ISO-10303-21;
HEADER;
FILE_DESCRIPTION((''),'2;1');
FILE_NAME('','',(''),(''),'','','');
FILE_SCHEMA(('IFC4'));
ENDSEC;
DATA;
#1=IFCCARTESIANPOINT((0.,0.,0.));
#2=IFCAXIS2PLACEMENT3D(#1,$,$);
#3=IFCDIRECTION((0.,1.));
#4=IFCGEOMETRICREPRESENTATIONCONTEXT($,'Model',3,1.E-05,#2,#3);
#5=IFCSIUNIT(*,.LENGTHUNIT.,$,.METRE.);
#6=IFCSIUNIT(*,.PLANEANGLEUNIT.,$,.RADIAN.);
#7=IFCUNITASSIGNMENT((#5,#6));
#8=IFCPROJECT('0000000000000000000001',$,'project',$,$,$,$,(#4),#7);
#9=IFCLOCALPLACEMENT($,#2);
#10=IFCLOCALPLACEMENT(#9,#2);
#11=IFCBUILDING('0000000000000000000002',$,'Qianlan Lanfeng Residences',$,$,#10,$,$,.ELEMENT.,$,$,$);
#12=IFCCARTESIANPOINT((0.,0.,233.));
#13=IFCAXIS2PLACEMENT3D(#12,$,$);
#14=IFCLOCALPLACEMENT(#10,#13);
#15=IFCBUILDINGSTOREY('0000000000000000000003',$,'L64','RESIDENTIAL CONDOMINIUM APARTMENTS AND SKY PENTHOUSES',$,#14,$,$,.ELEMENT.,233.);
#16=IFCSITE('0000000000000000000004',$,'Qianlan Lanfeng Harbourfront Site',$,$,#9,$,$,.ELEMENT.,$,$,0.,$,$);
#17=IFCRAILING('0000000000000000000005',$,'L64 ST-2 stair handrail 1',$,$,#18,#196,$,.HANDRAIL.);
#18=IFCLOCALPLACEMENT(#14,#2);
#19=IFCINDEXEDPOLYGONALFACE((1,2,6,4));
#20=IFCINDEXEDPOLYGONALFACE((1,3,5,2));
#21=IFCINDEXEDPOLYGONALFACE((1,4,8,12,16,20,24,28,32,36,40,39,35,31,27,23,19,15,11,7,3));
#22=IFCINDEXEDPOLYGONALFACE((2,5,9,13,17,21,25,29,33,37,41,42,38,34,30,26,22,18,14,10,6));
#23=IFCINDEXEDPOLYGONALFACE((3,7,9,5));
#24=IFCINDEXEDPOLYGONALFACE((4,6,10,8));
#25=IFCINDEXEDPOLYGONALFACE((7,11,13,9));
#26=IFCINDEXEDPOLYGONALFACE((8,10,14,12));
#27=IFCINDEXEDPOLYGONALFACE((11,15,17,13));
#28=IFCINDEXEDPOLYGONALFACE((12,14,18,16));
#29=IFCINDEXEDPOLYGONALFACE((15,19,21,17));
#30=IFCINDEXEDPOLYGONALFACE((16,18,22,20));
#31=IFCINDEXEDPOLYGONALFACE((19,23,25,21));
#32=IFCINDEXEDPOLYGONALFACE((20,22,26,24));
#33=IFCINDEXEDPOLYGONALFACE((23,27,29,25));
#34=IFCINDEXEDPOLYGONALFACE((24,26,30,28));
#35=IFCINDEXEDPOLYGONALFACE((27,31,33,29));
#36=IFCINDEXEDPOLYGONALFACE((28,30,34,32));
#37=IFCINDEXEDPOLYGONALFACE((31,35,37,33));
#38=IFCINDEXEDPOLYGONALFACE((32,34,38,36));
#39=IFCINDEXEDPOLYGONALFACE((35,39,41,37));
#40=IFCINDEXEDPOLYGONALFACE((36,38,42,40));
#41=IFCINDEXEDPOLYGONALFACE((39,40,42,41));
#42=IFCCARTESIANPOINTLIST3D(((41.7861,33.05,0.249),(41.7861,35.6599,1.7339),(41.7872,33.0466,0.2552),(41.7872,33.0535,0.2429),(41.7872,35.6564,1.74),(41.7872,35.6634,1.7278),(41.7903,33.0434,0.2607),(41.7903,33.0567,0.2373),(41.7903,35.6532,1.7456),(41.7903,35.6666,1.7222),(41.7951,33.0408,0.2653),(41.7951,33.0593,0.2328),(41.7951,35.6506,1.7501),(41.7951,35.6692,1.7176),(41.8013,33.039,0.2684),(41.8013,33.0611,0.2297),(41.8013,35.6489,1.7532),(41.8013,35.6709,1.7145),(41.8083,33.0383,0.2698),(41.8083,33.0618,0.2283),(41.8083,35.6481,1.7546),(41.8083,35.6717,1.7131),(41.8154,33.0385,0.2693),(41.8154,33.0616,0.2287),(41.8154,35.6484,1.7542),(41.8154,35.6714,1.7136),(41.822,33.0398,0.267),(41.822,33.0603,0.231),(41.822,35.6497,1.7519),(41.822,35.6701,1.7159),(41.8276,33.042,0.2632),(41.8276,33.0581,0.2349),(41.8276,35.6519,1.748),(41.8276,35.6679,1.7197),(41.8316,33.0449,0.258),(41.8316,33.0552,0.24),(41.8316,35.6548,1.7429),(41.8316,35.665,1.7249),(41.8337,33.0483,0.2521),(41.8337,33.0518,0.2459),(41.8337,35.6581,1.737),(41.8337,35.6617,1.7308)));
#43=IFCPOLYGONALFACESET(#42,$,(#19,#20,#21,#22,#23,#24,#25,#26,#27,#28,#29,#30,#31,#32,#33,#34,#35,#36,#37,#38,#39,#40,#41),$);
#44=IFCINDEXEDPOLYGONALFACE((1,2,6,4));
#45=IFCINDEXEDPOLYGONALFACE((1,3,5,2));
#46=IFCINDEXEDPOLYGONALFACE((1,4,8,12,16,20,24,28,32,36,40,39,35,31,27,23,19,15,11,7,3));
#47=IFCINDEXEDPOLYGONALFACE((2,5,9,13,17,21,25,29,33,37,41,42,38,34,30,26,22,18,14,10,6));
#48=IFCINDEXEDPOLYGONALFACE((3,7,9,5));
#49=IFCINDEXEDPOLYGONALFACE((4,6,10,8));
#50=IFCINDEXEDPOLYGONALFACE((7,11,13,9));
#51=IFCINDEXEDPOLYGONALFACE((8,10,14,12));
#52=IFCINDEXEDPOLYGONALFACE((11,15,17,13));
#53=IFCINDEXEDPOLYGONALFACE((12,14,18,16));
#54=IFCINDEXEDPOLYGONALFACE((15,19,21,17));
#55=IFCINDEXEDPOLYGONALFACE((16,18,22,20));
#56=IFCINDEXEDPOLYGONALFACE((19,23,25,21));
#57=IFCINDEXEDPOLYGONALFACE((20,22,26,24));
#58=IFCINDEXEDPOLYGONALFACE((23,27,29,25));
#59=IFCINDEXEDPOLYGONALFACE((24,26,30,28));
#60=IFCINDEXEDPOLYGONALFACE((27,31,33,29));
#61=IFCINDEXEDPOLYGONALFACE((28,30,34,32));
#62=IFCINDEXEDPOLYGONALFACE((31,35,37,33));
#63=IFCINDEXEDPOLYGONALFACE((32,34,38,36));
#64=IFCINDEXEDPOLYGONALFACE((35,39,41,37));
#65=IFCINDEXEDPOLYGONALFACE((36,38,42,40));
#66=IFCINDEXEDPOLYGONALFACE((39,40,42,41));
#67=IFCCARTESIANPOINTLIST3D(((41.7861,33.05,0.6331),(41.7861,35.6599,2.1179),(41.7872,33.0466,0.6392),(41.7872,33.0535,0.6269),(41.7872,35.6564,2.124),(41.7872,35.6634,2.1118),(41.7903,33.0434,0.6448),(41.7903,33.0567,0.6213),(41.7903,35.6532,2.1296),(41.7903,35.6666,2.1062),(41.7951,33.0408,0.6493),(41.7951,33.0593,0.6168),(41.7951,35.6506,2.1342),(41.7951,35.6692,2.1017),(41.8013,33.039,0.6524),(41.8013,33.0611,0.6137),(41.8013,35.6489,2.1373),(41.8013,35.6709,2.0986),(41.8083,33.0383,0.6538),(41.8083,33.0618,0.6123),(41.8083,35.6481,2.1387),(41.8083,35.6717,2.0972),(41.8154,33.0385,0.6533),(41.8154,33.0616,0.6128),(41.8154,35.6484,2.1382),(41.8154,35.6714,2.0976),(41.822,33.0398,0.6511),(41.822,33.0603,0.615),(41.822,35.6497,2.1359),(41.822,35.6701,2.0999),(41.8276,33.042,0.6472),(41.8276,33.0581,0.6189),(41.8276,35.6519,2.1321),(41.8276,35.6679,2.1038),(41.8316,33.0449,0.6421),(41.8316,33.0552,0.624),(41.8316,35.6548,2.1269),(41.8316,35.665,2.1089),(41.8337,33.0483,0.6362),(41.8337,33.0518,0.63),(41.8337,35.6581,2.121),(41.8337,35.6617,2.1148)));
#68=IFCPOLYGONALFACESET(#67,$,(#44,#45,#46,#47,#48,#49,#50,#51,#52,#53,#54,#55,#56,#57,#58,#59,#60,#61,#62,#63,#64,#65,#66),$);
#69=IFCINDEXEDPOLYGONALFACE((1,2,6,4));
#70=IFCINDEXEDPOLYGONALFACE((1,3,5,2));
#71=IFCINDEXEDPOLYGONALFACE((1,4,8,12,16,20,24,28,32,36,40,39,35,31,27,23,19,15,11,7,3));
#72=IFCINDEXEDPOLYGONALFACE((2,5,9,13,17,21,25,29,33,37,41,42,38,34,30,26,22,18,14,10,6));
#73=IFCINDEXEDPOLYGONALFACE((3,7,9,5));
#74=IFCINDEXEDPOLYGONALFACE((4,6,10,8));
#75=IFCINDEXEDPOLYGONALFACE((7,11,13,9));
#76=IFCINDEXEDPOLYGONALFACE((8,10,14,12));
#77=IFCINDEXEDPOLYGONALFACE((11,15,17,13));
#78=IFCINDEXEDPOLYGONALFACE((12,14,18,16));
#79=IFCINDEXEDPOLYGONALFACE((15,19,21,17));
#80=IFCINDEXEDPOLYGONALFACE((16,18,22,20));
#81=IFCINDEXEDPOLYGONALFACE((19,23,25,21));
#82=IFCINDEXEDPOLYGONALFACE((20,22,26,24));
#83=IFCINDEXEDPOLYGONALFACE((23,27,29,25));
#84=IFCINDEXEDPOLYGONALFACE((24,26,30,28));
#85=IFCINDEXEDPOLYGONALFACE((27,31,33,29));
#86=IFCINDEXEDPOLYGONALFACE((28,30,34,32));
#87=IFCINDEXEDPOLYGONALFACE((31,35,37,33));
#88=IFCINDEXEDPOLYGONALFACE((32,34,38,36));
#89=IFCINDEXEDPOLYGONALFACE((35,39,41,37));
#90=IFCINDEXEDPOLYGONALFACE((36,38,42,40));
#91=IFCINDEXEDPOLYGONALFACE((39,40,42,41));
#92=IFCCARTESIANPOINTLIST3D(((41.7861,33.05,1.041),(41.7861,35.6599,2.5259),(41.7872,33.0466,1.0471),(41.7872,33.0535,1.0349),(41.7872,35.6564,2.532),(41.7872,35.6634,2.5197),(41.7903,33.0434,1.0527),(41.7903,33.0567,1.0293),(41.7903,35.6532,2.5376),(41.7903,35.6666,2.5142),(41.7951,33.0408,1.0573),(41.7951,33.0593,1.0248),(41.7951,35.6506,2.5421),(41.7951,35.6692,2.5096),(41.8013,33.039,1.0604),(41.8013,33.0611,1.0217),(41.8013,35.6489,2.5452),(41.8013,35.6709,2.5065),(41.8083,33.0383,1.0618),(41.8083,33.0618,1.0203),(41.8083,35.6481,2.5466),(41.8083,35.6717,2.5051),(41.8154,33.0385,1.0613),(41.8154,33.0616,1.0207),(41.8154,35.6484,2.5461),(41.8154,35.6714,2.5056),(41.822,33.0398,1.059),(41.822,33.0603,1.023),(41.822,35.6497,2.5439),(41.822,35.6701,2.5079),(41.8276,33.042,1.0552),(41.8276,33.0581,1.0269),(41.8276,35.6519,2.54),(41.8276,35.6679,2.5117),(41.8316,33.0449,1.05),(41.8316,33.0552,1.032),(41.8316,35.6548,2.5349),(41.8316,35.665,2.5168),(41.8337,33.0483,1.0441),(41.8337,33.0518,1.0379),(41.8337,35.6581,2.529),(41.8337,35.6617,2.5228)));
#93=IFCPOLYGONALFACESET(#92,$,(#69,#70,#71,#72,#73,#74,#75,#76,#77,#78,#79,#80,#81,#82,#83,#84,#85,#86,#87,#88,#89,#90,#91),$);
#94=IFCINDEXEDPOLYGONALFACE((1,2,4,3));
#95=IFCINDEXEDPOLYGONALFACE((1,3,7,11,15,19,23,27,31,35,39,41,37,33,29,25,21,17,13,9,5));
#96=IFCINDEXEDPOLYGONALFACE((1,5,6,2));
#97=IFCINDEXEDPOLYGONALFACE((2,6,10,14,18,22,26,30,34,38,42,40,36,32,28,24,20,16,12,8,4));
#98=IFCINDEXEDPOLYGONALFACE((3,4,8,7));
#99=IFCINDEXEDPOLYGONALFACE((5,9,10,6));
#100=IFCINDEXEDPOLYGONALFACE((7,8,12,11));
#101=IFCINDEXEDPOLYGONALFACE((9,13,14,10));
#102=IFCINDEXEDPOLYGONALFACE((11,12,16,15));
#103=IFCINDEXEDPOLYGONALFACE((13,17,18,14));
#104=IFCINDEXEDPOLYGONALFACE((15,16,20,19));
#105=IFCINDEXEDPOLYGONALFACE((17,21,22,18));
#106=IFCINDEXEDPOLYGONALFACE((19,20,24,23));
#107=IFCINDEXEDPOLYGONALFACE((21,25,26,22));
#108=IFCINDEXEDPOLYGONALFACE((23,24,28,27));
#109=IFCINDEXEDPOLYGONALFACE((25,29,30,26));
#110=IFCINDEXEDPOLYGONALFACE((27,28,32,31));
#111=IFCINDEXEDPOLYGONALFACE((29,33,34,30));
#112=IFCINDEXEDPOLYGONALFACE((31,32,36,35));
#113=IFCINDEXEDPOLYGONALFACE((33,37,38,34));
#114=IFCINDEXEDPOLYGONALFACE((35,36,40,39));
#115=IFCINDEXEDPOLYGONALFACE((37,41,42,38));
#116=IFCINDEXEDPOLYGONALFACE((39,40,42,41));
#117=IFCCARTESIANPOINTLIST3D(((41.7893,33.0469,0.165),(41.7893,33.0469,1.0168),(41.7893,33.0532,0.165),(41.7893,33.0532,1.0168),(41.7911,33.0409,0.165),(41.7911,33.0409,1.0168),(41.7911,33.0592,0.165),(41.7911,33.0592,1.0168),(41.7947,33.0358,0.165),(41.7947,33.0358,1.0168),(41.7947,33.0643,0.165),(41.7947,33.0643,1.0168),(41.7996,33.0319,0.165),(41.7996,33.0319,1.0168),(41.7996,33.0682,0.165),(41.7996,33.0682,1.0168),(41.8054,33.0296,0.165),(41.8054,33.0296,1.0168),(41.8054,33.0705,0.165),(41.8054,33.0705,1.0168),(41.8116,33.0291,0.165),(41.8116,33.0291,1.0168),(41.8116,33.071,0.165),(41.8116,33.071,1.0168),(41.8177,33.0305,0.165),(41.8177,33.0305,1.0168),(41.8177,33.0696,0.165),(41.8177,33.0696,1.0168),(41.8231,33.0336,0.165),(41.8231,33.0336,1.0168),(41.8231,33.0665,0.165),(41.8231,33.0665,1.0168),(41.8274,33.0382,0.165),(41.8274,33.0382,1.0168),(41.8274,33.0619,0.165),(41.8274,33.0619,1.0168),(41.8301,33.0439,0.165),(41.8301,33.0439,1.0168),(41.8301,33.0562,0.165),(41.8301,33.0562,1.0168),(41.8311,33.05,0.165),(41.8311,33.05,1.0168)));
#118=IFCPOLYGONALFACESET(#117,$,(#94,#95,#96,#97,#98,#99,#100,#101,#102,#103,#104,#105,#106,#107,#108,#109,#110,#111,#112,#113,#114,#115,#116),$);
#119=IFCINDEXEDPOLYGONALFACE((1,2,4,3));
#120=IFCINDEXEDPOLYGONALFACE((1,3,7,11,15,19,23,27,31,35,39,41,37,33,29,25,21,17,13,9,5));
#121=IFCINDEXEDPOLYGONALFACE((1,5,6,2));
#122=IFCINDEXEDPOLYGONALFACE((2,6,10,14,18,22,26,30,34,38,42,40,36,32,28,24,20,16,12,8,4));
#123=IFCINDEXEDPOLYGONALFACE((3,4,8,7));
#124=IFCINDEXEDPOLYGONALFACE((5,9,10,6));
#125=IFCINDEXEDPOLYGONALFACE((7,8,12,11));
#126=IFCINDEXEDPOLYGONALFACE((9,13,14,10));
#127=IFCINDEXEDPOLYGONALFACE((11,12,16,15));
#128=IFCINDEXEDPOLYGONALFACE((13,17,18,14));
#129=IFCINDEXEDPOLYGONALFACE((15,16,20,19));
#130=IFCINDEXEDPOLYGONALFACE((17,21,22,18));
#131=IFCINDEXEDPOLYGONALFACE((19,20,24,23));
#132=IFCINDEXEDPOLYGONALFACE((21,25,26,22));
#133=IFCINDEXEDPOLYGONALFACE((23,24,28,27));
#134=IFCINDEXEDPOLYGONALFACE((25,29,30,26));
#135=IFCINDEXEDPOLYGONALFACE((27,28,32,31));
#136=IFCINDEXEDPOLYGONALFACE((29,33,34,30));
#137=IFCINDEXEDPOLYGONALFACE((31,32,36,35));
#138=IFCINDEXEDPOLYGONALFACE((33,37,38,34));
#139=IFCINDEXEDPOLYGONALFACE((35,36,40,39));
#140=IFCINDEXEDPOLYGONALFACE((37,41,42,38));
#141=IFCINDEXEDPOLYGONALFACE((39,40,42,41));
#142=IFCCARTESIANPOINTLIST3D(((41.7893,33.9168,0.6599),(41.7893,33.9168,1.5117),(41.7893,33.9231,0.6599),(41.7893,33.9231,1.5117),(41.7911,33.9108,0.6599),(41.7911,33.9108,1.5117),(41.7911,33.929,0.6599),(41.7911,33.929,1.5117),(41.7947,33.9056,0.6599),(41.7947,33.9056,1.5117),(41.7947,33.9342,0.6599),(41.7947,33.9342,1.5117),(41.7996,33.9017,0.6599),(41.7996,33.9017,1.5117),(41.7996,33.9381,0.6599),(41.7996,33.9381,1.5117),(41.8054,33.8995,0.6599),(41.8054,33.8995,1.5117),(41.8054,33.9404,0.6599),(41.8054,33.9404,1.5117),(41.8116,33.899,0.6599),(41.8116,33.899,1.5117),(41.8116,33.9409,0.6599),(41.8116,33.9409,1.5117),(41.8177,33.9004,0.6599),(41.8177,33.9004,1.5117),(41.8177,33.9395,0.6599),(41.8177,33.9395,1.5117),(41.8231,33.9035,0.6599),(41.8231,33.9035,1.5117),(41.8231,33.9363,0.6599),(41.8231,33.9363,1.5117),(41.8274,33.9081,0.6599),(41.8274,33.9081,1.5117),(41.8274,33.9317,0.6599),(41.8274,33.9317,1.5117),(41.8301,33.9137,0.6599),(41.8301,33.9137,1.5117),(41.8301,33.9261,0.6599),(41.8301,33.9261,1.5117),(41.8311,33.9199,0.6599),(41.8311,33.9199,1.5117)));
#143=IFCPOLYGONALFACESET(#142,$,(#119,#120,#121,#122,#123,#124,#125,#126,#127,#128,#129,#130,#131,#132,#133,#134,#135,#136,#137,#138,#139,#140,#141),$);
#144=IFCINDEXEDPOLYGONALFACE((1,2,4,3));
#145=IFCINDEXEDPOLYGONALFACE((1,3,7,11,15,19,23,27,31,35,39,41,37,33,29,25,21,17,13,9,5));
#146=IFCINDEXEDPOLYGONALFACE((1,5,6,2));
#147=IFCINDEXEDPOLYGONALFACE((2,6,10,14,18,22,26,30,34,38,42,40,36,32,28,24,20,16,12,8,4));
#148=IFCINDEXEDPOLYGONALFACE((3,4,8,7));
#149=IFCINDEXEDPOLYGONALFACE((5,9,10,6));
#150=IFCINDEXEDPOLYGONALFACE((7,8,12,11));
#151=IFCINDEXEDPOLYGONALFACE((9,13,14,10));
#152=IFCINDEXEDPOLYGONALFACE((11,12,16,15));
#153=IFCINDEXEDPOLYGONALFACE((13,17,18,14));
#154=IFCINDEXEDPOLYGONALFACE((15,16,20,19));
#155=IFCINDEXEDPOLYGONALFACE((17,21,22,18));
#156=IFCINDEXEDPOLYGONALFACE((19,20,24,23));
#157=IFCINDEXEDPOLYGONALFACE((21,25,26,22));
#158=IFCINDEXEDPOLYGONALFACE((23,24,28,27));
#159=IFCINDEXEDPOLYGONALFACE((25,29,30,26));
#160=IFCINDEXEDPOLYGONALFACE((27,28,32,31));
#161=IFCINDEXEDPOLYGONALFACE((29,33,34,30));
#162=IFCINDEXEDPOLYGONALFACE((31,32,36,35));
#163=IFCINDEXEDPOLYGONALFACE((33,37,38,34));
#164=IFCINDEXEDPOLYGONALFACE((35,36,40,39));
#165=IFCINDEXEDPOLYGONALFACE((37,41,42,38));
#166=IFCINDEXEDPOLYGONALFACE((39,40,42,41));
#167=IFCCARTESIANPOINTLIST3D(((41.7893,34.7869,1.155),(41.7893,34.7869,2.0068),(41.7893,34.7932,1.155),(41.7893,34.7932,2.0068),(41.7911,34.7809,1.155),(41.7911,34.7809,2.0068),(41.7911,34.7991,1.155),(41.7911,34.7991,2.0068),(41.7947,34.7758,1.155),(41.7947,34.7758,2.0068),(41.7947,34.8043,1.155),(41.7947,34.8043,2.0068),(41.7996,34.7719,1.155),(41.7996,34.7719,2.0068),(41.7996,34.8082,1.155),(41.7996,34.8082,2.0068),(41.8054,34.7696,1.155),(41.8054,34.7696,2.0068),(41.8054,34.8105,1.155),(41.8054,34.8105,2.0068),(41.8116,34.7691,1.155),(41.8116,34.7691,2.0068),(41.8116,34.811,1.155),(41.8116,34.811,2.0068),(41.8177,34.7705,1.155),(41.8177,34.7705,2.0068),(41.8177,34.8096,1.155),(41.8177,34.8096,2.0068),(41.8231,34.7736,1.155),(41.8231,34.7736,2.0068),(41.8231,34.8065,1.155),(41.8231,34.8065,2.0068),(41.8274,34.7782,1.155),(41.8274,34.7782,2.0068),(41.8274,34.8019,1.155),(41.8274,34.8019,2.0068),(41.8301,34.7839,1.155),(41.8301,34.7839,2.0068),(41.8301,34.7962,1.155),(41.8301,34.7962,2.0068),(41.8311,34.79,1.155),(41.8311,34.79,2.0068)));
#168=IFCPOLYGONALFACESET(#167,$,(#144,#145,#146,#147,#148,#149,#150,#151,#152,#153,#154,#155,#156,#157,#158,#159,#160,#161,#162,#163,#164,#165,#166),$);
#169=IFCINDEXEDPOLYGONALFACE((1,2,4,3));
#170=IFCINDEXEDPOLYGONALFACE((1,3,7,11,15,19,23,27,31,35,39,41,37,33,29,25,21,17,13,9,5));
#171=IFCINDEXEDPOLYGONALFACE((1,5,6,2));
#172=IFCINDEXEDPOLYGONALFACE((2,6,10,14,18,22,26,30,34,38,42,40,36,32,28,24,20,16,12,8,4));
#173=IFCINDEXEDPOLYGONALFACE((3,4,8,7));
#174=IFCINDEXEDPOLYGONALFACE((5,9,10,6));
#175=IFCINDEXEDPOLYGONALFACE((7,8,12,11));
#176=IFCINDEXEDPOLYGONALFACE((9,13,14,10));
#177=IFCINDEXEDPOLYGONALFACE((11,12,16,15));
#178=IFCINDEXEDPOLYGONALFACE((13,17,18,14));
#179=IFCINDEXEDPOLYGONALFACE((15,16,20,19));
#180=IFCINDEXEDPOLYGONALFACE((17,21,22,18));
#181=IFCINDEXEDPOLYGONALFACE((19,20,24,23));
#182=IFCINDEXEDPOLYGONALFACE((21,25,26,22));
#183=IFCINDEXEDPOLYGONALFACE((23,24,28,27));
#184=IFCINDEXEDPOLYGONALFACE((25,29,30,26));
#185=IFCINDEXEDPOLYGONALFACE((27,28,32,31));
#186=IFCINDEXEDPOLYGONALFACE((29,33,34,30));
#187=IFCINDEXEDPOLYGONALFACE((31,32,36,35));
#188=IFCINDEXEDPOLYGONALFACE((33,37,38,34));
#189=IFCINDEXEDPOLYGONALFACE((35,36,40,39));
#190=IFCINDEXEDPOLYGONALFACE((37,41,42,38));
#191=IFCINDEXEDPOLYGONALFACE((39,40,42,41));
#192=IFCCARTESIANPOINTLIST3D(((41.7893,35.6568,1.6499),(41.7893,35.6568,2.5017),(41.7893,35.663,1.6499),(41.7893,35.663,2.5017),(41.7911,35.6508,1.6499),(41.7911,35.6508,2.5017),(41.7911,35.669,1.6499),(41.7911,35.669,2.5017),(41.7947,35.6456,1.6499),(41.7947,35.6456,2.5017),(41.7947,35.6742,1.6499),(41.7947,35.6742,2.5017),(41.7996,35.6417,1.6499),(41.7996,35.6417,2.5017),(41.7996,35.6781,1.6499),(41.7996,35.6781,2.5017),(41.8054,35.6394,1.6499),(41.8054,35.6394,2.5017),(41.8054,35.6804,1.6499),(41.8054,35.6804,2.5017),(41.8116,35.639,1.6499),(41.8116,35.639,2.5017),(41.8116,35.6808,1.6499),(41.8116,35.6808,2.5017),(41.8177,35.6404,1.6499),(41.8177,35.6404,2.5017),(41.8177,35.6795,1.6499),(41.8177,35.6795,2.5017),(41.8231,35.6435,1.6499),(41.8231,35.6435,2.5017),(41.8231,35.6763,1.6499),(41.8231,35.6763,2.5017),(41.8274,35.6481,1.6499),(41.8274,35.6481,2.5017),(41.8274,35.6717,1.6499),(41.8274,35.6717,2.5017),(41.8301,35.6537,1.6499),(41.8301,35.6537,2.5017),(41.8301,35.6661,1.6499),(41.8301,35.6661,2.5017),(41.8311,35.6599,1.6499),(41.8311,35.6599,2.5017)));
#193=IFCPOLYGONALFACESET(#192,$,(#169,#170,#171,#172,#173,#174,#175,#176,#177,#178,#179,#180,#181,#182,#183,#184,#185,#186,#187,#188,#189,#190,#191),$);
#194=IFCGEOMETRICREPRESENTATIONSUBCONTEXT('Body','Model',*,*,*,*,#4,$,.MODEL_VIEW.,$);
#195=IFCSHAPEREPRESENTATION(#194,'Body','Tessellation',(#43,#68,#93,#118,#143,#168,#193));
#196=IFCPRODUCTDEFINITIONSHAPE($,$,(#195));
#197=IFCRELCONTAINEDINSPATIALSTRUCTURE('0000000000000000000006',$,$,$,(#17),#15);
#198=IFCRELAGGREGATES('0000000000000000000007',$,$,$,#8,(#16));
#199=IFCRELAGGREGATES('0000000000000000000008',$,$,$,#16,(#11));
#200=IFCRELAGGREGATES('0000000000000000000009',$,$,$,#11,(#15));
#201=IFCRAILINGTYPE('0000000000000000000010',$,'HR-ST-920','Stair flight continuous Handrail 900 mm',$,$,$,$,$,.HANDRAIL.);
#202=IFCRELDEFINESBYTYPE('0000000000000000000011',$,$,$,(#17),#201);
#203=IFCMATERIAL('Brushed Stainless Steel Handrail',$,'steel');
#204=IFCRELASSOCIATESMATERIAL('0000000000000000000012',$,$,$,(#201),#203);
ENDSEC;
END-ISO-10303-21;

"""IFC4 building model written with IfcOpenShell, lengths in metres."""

from ifc_helpers import new_model, si_unit, direction, frame, origin, origin_2d, place, context, subcontext, project, spatial, circle, extrude, material, type_object, element, save


model = new_model("IFC4")

# Units and contexts
model_context = context("Model", 3, precision=1e-05, world=origin(), true_north=direction((0.0, 1.0)))
body_context = subcontext(model_context, "Body", "Model", "MODEL_VIEW")
ifc_project = project(units=[si_unit("LENGTHUNIT", "METRE"), si_unit("PLANEANGLEUNIT", "RADIAN")], contexts=[model_context])

# Site, building, storey
site_placement = place(None, origin())
site = spatial("IfcSite", under=ifc_project, at=site_placement, Name="Qianlan Lanfeng Harbourfront Site", CompositionType="ELEMENT", RefElevation=0.0)
building_placement = place(site_placement, origin())
building = spatial("IfcBuilding", under=site, at=building_placement, Name="Qianlan Lanfeng Residences", CompositionType="ELEMENT")
storey_placement = place(building_placement, frame((0.0, 0.0, 233.0)))
storey = spatial("IfcBuildingStorey", under=building, at=storey_placement, Name="L64", Description="RESIDENTIAL CONDOMINIUM APARTMENTS AND SKY PENTHOUSES", CompositionType="ELEMENT", Elevation=233.0)

# Railing
ifc_material_1 = material(Name="Brushed Stainless Steel Handrail", Category="steel")
railing_type_1 = type_object("IfcRailingType", Name="HR-ST-920", Description="Stair flight continuous Handrail 900 mm", PredefinedType="HANDRAIL", material=ifc_material_1)
railing_1_placement = place(storey_placement, frame((41.8101, 33.05, 0.165)))
element("IfcRailing", 1, at=railing_1_placement, inside=storey, type_object=railing_type_1, Name="L64 ST-2 stair handrail 1", PredefinedType="HANDRAIL", context=body_context, shape_type="SweptSolid", body=[
    extrude(circle(Radius=0.0239, at=origin_2d()), frame((0.0, 0.0, 0.084), z_axis=(0.0, 0.869172, 0.494509), x_axis=(-1.0, 0.0, 0.0)), (0.0, 0.0, 1.0), 3.0027),
    extrude(circle(Radius=0.0239, at=origin_2d()), frame((0.0, 0.0, 0.468), z_axis=(0.0, 0.869172, 0.494509), x_axis=(-1.0, 0.0, 0.0)), (0.0, 0.0, 1.0), 3.0027),
    extrude(circle(Radius=0.0239, at=origin_2d()), frame((0.0, 0.0, 0.876), z_axis=(0.0, 0.869172, 0.494509), x_axis=(-1.0, 0.0, 0.0)), (0.0, 0.0, 1.0), 3.0027),
    extrude(circle(Radius=0.021, at=origin_2d()), origin(), (0.0, 0.0, 1.0), 0.8518),
    extrude(circle(Radius=0.021, at=origin_2d()), frame((0.0, 0.8699, 0.4949)), (0.0, 0.0, 1.0), 0.8518),
    extrude(circle(Radius=0.021, at=origin_2d()), frame((0.0, 1.74, 0.99)), (0.0, 0.0, 1.0), 0.8518),
    extrude(circle(Radius=0.021, at=origin_2d()), frame((0.0, 2.6099, 1.4849)), (0.0, 0.0, 1.0), 0.8518),
])

save(model, "model.ifc")
